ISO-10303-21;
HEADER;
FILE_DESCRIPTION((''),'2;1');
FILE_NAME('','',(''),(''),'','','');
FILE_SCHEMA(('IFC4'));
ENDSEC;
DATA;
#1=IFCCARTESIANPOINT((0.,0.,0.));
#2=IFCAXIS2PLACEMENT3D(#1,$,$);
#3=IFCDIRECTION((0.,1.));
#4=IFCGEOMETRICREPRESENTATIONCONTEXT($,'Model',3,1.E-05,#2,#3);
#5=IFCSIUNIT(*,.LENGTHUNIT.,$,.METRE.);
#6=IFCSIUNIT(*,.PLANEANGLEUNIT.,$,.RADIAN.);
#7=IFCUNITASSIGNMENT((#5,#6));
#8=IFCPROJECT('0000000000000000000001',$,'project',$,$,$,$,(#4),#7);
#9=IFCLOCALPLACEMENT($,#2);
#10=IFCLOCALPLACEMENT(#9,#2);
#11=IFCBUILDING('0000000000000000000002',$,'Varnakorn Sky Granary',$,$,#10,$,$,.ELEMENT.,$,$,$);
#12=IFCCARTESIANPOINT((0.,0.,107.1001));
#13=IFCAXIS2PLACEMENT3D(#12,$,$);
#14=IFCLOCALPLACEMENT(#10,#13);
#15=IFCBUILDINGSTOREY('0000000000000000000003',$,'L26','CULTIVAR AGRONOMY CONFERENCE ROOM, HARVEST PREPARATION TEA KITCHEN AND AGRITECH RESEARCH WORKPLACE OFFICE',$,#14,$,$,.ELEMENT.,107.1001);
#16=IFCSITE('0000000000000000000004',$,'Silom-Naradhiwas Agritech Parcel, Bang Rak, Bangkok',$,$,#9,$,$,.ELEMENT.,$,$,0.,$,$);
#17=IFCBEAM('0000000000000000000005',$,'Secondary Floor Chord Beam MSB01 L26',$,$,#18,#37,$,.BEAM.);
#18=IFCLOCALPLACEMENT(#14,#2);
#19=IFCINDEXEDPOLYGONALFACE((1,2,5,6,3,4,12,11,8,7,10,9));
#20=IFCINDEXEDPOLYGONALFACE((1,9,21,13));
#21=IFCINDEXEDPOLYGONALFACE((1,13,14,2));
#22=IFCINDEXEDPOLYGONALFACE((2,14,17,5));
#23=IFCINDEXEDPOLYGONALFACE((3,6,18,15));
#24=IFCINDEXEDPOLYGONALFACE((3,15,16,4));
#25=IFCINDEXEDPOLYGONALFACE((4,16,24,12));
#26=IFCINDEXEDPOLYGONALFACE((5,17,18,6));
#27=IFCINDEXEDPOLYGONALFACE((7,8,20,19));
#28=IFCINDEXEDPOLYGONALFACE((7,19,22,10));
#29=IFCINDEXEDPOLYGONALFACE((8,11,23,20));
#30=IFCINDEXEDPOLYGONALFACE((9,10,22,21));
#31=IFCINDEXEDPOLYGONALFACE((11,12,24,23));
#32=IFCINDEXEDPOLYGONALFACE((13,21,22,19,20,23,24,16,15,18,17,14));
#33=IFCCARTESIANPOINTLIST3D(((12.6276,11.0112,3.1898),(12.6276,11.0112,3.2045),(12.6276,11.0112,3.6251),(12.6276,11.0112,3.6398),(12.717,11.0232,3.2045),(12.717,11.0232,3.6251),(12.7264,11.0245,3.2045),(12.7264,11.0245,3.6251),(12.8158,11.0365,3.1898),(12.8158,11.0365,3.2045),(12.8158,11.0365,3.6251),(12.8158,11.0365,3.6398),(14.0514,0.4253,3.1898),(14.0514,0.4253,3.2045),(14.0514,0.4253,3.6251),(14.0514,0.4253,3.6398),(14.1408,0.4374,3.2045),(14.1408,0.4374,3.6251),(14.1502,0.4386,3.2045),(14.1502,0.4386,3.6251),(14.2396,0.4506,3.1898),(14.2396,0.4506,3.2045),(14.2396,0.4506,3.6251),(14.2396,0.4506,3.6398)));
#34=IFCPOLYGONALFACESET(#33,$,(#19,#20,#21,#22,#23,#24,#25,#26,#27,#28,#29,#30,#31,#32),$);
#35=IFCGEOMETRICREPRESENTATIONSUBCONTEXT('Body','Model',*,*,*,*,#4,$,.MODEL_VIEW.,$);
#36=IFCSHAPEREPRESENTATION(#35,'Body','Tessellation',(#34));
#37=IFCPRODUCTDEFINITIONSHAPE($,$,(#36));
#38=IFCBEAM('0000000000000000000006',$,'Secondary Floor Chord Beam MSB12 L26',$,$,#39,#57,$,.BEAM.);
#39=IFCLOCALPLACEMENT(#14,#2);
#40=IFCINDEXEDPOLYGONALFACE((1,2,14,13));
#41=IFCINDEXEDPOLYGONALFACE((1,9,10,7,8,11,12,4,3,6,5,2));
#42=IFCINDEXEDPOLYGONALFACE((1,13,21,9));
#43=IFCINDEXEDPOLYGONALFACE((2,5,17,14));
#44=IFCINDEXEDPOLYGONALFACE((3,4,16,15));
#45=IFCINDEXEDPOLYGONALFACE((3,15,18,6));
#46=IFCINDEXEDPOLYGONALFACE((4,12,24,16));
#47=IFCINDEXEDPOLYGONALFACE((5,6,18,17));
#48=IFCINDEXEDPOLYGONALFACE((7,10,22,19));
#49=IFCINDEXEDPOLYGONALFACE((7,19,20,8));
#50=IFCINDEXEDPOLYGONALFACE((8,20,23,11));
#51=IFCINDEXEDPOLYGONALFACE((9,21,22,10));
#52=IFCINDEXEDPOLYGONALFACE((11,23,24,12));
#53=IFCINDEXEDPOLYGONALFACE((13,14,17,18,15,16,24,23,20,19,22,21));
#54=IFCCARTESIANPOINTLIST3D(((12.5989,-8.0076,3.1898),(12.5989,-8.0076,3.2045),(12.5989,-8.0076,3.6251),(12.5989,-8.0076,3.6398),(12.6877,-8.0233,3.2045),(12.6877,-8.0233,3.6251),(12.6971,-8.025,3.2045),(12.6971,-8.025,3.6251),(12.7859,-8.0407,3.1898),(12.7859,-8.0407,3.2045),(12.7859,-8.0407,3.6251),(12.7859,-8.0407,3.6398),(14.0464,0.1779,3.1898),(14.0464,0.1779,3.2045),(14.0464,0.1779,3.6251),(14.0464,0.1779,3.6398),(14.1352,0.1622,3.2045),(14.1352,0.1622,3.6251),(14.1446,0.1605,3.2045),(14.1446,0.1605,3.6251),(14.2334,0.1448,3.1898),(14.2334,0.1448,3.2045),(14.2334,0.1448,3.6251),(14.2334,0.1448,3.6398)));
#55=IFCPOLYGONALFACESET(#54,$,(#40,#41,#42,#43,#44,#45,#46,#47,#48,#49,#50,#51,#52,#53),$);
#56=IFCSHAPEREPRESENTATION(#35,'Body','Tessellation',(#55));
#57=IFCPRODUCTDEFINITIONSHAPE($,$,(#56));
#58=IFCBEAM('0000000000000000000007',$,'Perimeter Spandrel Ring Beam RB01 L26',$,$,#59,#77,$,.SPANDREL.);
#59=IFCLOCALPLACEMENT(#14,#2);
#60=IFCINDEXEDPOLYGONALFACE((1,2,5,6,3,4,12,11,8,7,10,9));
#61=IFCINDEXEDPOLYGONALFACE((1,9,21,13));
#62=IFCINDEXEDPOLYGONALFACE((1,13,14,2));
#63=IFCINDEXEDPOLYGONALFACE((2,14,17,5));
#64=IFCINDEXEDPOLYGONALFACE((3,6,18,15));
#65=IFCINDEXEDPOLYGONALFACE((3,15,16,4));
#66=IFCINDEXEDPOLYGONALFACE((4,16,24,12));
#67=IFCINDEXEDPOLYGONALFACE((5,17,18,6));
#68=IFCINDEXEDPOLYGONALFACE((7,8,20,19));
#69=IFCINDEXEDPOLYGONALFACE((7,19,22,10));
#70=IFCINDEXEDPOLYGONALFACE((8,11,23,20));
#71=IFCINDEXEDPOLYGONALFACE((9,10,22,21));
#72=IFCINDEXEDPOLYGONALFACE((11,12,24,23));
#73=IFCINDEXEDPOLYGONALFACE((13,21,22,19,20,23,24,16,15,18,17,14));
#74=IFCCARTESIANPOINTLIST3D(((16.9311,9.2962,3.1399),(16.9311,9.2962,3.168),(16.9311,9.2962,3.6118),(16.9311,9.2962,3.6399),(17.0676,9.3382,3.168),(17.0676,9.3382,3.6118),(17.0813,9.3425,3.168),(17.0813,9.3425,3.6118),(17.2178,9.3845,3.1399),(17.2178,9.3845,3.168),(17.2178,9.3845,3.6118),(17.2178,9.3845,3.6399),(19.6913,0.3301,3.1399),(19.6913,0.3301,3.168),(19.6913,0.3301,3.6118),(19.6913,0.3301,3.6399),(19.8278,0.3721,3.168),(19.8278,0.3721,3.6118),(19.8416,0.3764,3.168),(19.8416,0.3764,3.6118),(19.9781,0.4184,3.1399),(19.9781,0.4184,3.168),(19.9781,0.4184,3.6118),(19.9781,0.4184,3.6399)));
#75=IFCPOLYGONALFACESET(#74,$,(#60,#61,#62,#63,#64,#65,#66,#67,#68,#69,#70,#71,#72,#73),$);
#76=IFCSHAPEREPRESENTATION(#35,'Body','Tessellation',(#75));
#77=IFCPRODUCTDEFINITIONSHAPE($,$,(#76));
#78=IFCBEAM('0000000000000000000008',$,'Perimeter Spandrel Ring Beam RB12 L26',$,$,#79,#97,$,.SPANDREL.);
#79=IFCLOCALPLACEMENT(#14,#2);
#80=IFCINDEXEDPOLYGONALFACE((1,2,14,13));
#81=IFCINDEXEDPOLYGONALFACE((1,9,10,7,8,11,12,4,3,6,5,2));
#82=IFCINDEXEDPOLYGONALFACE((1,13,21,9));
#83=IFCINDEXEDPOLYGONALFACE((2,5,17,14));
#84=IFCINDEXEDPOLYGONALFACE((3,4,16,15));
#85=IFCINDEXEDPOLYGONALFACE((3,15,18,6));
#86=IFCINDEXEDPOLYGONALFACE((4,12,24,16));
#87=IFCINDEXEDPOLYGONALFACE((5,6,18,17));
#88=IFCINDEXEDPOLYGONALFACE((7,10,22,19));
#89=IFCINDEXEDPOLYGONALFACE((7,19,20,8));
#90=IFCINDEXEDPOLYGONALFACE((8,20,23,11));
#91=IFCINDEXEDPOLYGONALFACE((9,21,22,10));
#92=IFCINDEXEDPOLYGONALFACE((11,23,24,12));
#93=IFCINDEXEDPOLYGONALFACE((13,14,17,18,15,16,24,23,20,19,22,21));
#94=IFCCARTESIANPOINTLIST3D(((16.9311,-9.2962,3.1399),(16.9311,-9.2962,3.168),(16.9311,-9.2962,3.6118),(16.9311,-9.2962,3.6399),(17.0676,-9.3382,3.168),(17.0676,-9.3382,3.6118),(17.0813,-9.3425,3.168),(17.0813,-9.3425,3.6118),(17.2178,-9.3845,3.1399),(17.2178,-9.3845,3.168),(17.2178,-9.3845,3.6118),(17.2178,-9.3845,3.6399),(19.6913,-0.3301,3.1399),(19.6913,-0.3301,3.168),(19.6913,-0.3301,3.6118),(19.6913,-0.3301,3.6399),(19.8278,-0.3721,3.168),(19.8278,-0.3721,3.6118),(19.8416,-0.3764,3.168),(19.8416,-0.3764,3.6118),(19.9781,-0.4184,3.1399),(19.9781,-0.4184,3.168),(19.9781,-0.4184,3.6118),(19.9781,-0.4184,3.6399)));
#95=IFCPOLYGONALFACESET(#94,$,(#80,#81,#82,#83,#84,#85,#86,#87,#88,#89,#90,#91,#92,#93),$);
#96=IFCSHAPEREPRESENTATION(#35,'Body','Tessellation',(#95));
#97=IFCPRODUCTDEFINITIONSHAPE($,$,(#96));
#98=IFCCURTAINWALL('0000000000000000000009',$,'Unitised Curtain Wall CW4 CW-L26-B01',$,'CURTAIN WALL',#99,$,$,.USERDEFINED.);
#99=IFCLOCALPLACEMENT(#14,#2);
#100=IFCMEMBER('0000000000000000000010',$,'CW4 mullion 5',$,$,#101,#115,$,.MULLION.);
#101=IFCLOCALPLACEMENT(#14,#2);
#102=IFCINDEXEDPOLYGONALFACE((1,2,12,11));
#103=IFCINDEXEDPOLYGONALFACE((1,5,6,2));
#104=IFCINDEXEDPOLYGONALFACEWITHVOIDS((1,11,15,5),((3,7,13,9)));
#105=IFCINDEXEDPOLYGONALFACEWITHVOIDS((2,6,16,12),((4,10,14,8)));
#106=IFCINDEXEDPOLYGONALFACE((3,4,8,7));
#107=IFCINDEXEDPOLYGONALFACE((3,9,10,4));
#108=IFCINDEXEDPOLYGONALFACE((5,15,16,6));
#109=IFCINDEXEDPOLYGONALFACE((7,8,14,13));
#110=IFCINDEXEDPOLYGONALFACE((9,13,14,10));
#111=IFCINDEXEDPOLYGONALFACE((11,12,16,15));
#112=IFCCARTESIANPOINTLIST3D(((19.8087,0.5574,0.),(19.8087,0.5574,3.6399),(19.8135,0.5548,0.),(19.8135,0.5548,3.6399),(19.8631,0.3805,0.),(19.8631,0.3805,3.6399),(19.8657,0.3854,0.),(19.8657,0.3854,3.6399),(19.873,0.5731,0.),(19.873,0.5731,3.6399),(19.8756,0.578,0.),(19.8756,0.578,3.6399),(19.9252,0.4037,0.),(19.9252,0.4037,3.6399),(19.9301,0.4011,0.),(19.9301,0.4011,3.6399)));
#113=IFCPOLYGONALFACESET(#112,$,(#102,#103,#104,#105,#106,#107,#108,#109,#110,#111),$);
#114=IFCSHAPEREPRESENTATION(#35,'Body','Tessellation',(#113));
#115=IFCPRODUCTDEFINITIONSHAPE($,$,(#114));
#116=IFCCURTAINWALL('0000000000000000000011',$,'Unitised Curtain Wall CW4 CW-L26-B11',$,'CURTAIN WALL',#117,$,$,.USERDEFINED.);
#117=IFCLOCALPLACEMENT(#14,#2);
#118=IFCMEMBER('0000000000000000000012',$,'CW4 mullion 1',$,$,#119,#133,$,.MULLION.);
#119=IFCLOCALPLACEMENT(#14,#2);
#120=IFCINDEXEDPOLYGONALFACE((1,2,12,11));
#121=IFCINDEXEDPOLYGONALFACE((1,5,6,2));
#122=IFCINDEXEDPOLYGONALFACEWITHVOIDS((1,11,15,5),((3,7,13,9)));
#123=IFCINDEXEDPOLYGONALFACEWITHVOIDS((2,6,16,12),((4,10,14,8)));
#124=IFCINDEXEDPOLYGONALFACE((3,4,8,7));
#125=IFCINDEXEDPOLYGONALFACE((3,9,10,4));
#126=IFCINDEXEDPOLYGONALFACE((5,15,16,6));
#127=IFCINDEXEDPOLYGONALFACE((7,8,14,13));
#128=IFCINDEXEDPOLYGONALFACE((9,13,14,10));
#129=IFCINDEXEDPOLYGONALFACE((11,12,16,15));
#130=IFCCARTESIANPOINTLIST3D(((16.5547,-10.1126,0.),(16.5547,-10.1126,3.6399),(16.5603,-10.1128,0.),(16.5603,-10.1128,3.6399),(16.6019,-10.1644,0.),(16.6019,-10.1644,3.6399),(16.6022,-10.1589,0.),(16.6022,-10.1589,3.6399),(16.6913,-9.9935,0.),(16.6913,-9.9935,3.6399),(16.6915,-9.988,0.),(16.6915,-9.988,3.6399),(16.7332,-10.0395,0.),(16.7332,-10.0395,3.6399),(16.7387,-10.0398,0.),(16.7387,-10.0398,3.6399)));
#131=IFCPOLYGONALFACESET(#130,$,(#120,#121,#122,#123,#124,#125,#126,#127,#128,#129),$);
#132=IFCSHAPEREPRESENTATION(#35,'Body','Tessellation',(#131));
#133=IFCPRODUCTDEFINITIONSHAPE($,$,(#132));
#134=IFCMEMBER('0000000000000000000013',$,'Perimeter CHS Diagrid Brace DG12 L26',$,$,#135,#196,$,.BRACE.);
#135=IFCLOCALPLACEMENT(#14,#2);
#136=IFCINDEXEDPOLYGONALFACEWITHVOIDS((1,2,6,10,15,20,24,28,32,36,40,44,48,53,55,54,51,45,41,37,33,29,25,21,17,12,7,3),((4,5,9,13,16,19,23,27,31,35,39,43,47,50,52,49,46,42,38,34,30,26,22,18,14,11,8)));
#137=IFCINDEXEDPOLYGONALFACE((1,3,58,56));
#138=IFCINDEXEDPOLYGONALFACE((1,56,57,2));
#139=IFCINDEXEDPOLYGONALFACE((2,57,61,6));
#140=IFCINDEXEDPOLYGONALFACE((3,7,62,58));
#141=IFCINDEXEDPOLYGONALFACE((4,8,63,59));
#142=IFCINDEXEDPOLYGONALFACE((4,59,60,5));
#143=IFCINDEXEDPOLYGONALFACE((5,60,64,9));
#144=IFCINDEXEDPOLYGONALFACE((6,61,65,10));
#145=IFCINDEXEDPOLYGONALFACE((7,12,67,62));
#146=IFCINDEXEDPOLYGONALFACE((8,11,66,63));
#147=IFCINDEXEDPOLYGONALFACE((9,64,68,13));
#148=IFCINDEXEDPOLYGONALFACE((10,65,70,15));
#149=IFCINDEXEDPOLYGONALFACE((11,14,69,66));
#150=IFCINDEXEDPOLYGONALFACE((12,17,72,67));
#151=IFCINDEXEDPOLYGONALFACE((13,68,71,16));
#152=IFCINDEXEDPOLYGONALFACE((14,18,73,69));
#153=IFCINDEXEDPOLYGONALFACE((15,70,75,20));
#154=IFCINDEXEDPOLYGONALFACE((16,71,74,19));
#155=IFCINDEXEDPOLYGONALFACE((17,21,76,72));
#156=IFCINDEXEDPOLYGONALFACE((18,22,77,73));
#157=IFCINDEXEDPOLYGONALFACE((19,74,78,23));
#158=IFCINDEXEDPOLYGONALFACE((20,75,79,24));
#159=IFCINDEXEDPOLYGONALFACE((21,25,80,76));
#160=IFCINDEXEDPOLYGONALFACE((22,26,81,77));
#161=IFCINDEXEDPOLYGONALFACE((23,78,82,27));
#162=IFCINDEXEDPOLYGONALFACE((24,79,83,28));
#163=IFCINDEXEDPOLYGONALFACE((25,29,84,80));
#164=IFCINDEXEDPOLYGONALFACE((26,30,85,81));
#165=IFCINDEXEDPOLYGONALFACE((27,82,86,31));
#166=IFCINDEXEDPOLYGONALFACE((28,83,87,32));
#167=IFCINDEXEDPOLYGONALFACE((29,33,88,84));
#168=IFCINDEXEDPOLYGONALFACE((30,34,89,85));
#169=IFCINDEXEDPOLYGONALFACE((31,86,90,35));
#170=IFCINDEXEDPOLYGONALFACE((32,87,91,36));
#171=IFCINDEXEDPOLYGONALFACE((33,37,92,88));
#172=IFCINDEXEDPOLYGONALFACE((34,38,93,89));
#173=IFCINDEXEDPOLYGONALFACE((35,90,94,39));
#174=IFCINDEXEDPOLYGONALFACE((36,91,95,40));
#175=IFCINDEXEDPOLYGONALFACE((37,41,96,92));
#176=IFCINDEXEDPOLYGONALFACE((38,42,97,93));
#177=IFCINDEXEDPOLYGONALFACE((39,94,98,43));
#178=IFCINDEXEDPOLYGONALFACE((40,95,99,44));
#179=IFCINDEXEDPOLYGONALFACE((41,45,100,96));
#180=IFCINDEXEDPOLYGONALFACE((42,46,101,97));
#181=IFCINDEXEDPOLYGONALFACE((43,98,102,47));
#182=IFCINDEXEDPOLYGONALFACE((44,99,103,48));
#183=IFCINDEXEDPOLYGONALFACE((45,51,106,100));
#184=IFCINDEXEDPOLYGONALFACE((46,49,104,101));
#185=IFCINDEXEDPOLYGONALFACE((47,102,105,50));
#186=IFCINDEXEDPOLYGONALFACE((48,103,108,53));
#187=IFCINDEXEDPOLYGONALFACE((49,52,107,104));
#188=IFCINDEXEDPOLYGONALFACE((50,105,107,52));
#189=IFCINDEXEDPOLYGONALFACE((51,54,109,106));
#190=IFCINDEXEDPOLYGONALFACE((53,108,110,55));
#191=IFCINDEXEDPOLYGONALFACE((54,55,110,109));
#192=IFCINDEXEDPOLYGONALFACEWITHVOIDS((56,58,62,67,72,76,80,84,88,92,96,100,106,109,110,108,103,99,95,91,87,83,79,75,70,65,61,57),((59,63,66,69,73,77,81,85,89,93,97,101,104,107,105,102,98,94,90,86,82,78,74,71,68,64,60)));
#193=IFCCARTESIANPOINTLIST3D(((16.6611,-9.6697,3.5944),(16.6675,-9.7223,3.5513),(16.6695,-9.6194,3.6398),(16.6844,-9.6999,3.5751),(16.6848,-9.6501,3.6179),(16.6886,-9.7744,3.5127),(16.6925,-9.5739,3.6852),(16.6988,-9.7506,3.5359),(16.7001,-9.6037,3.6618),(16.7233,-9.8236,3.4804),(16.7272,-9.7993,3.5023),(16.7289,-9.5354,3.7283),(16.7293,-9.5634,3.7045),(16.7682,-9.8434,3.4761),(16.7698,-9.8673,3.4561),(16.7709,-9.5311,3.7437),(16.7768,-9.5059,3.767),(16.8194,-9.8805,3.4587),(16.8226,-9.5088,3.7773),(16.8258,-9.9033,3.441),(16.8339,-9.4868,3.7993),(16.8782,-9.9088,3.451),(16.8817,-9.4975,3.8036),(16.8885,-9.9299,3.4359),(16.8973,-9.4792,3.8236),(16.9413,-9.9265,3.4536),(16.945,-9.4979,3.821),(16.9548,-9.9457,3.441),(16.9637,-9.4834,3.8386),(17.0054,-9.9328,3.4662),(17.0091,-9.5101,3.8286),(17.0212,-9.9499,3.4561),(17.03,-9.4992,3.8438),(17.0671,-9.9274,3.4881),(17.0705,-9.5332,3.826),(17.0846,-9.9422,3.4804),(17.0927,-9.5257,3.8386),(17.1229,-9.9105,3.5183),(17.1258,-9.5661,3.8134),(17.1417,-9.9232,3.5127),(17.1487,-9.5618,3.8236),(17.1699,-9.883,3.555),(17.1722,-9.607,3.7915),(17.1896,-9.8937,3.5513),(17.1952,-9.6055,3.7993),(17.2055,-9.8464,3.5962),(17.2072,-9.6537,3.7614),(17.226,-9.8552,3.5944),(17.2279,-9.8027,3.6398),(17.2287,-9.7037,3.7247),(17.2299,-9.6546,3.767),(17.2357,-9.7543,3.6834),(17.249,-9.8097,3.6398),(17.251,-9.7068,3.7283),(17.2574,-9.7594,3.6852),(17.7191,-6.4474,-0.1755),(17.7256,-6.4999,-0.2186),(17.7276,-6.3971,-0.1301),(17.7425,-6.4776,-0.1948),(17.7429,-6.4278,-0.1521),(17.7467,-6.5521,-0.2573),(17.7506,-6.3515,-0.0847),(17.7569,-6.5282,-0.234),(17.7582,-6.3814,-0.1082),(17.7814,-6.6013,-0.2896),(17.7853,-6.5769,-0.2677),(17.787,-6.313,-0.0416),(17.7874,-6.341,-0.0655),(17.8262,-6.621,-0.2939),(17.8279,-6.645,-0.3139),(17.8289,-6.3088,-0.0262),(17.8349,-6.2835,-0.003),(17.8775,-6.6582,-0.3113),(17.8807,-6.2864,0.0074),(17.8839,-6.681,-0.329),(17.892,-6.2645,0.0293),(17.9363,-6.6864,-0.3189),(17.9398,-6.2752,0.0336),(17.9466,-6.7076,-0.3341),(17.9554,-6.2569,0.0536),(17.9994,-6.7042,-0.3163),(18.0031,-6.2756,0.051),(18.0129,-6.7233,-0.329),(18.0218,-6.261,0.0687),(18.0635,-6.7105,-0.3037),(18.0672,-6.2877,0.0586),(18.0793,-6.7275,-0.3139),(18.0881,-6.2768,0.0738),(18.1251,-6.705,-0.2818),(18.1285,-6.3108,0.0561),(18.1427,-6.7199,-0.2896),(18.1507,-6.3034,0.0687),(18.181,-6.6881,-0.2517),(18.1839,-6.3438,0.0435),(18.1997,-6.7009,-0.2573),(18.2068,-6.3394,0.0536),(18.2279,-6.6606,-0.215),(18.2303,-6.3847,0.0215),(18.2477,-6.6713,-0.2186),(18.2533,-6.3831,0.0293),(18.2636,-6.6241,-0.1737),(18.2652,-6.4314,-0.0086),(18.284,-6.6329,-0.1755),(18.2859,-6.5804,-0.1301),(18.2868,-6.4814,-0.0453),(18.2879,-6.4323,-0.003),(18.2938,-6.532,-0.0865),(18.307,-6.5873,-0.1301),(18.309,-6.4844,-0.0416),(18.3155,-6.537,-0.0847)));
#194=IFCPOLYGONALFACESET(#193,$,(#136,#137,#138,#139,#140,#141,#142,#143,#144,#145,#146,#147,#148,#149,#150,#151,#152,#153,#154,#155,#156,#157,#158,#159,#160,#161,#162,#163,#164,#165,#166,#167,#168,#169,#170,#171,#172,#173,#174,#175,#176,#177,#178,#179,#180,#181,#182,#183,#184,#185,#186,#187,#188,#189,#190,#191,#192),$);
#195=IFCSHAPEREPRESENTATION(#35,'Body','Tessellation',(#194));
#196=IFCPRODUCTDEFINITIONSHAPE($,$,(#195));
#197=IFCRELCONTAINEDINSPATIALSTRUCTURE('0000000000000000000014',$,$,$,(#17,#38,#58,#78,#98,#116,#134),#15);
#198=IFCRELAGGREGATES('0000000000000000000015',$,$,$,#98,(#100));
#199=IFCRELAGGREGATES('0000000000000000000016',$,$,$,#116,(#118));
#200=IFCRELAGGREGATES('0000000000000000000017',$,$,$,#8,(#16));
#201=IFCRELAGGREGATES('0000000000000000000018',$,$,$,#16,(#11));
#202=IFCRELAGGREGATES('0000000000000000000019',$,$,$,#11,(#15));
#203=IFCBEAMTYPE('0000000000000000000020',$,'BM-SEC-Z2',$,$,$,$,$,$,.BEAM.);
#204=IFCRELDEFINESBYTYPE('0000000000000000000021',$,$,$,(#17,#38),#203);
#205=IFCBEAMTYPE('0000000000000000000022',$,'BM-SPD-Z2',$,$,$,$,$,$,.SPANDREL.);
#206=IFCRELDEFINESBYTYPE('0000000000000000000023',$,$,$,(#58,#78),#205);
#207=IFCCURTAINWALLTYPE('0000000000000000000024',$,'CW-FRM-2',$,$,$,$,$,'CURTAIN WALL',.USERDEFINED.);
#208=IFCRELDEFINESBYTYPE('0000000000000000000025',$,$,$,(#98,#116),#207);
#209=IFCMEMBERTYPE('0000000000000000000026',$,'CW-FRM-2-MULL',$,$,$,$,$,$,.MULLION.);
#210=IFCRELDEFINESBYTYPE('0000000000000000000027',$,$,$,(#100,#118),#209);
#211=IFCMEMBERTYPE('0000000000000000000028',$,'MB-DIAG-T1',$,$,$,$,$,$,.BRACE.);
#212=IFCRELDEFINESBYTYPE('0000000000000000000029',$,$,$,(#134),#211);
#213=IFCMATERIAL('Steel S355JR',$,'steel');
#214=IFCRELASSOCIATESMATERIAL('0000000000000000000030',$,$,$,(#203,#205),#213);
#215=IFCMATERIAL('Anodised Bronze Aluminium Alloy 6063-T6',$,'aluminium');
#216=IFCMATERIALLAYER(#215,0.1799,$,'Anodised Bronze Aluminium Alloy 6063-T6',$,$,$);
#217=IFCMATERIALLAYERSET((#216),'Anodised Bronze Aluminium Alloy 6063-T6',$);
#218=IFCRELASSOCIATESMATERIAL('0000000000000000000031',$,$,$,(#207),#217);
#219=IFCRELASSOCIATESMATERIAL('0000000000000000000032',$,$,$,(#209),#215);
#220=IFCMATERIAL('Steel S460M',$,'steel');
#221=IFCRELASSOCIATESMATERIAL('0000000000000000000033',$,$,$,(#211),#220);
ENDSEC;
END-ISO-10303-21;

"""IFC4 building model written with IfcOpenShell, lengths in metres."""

from ifc_helpers import new_model, si_unit, direction, frame, origin, origin_2d, place, context, subcontext, project, spatial, hollow_rectangle, hollow_circle, i_section, extrude, material, layer, layer_set, material_profile, profile_set, type_object, element, aggregate, save


model = new_model("IFC4")

# Units and contexts
model_context = context("Model", 3, precision=1e-05, world=origin(), true_north=direction((0.0, 1.0)))
body_context = subcontext(model_context, "Body", "Model", "MODEL_VIEW")
ifc_project = project(units=[si_unit("LENGTHUNIT", "METRE"), si_unit("PLANEANGLEUNIT", "RADIAN")], contexts=[model_context])

# Site, building, storey
site_placement = place(None, origin())
site = spatial("IfcSite", under=ifc_project, at=site_placement, Name="Silom-Naradhiwas Agritech Parcel, Bang Rak, Bangkok", CompositionType="ELEMENT", RefElevation=0.0)
building_placement = place(site_placement, origin())
building = spatial("IfcBuilding", under=site, at=building_placement, Name="Varnakorn Sky Granary", CompositionType="ELEMENT")
storey_placement = place(building_placement, frame((0.0, 0.0, 107.1001)))
storey = spatial("IfcBuildingStorey", under=building, at=storey_placement, Name="L26", Description="CULTIVAR AGRONOMY CONFERENCE ROOM, HARVEST PREPARATION TEA KITCHEN AND AGRITECH RESEARCH WORKPLACE OFFICE", CompositionType="ELEMENT", Elevation=107.1001)

# Shared definitions
ifc_material_1 = material(Name="Steel S460M", Category="steel")

# Beams
ifc_material_2 = material(Name="Steel S355JR", Category="steel")
ifc_material_profile_1 = material_profile(ifc_material_2, i_section(OverallWidth=0.1899, OverallDepth=0.45, WebThickness=0.0095, FlangeThickness=0.0146, at=origin_2d()), Name="IPE 450")
ifc_profile_set_1 = profile_set([ifc_material_profile_1], Name="Steel S355JR")
beam_type_1 = type_object("IfcBeamType", Name="BM-SEC-Z2", PredefinedType="BEAM", material=ifc_profile_set_1)
beam_1_placement = place(storey_placement, frame((14.1455, 0.438, 3.4148), z_axis=(-0.133301, 0.991076, 0.0), x_axis=(-0.991076, -0.133301, 0.0)))
element("IfcBeam", 1, at=beam_1_placement, inside=storey, type_object=beam_type_1, Name="Secondary Floor Chord Beam MSB01 L26", PredefinedType="BEAM", context=body_context, shape_type="SweptSolid", body=[
    extrude(i_section(OverallWidth=0.1899, OverallDepth=0.45, WebThickness=0.0095, FlangeThickness=0.0146, at=origin_2d()), origin(), (0.0, 0.0, 1.0), 10.6812),
])
beam_2_placement = place(storey_placement, frame((12.6924, -8.0242, 3.4148), z_axis=(0.174135, 0.984722, 0.0), x_axis=(-0.984722, 0.174135, 0.0)))
element("IfcBeam", 2, at=beam_2_placement, inside=storey, type_object=beam_type_1, Name="Secondary Floor Chord Beam MSB12 L26", PredefinedType="BEAM", context=body_context, shape_type="SweptSolid", body=[
    extrude(i_section(OverallWidth=0.1899, OverallDepth=0.45, WebThickness=0.0095, FlangeThickness=0.0146, at=origin_2d()), origin(), (0.0, 0.0, 1.0), 8.3125),
])
ifc_material_profile_2 = material_profile(ifc_material_2, i_section(OverallWidth=0.3, OverallDepth=0.5, WebThickness=0.0144, FlangeThickness=0.0281, at=origin_2d()), Name="HE 500 B")
ifc_profile_set_2 = profile_set([ifc_material_profile_2], Name="Steel S355JR")
beam_type_2 = type_object("IfcBeamType", Name="BM-SPD-Z2", PredefinedType="SPANDREL", material=ifc_profile_set_2)
for number, where, z_axis, x_axis, name in (
    (3, (19.8347, 0.3743, 3.3899), (-0.294228, 0.955735, 0.0), (-0.955735, -0.294228, 0.0), "Perimeter Spandrel Ring Beam RB01 L26"),
    (4, (17.0745, -9.3403, 3.3899), (0.294228, 0.955735, 0.0), (-0.955735, 0.294228, 0.0), "Perimeter Spandrel Ring Beam RB12 L26"),
):
    element("IfcBeam", number, at=place(storey_placement, frame(where, z_axis=z_axis, x_axis=x_axis)), inside=storey, type_object=beam_type_2, Name=name, PredefinedType="SPANDREL", context=body_context, shape_type="SweptSolid", body=[
        extrude(i_section(OverallWidth=0.3, OverallDepth=0.5, WebThickness=0.0144, FlangeThickness=0.0281, at=origin_2d()), origin(), (0.0, 0.0, 1.0), 9.3813),
    ])

# Curtain walls, members
ifc_material_3 = material(Name="Anodised Bronze Aluminium Alloy 6063-T6", Category="aluminium")
ifc_layer_1 = layer(ifc_material_3, 0.1799, Name="Anodised Bronze Aluminium Alloy 6063-T6")
ifc_layer_set_1 = layer_set([ifc_layer_1], Name="Anodised Bronze Aluminium Alloy 6063-T6")
curtain_wall_type = type_object("IfcCurtainWallType", Name="CW-FRM-2", ElementType="CURTAIN WALL", PredefinedType="USERDEFINED", material=ifc_layer_set_1)
curtain_wall_1_placement = place(storey_placement, origin())
curtain_wall_1 = element("IfcCurtainWall", 5, at=curtain_wall_1_placement, inside=storey, type_object=curtain_wall_type, Name="Unitised Curtain Wall CW4 CW-L26-B01", ObjectType="CURTAIN WALL", PredefinedType="USERDEFINED")
ifc_material_profile_3 = material_profile(ifc_material_3, hollow_rectangle(XDim=0.0701, YDim=0.1851, WallThickness=0.0039, at=origin_2d()), Name="ALU MULL 70x185")
ifc_profile_set_3 = profile_set([ifc_material_profile_3], Name="Anodised Bronze Aluminium Alloy 6063-T6")
member_type_1 = type_object("IfcMemberType", Name="CW-FRM-2-MULL", PredefinedType="MULLION", material=ifc_profile_set_3)
member_1_placement = place(storey_placement, frame((19.8694, 0.4792, 0.0), z_axis=(0.0, 0.0, 1.0), x_axis=(0.955692, 0.29437, 0.0)))
member_1 = element("IfcMember", 6, at=member_1_placement, type_object=member_type_1, Name="CW4 mullion 5", PredefinedType="MULLION", context=body_context, shape_type="SweptSolid", body=[
    extrude(hollow_rectangle(XDim=0.0701, YDim=0.1851, WallThickness=0.0039, at=origin_2d()), origin(), (0.0, 0.0, 1.0), 3.6399),
])
aggregate(curtain_wall_1, [member_1])
curtain_wall_2_placement = place(storey_placement, origin())
curtain_wall_2 = element("IfcCurtainWall", 7, at=curtain_wall_2_placement, inside=storey, type_object=curtain_wall_type, Name="Unitised Curtain Wall CW4 CW-L26-B11", ObjectType="CURTAIN WALL", PredefinedType="USERDEFINED")
member_2_placement = place(storey_placement, frame((16.6467, -10.0762, 0.0), z_axis=(0.0, 0.0, 1.0), x_axis=(0.673414, -0.739265, 0.0)))
member_2 = element("IfcMember", 8, at=member_2_placement, type_object=member_type_1, Name="CW4 mullion 1", PredefinedType="MULLION", context=body_context, shape_type="SweptSolid", body=[
    extrude(hollow_rectangle(XDim=0.0701, YDim=0.1851, WallThickness=0.0039, at=origin_2d()), origin(), (0.0, 0.0, 1.0), 3.6399),
])
aggregate(curtain_wall_2, [member_2])

# Member
ifc_material_profile_4 = material_profile(ifc_material_1, hollow_circle(Radius=0.3049, WallThickness=0.0222, at=origin_2d()), Name="CHS 610x22")
ifc_profile_set_4 = profile_set([ifc_material_profile_4], Name="Steel S460M")
member_type_2 = type_object("IfcMemberType", Name="MB-DIAG-T1", PredefinedType="BRACE", material=ifc_profile_set_4)
member_3_placement = place(storey_placement, frame((18.0173, -6.4922, -0.1301), z_axis=(-0.208652, -0.63544, 0.743425), x_axis=(0.950092, -0.31197, 0.0)))
element("IfcMember", 9, at=member_3_placement, inside=storey, type_object=member_type_2, Name="Perimeter CHS Diagrid Brace DG12 L26", PredefinedType="BRACE", context=body_context, shape_type="SweptSolid", body=[
    extrude(hollow_circle(Radius=0.3049, WallThickness=0.0222, at=origin_2d()), origin(), (0.0, 0.0, 1.0), 5.071),
])

save(model, "model.ifc")
